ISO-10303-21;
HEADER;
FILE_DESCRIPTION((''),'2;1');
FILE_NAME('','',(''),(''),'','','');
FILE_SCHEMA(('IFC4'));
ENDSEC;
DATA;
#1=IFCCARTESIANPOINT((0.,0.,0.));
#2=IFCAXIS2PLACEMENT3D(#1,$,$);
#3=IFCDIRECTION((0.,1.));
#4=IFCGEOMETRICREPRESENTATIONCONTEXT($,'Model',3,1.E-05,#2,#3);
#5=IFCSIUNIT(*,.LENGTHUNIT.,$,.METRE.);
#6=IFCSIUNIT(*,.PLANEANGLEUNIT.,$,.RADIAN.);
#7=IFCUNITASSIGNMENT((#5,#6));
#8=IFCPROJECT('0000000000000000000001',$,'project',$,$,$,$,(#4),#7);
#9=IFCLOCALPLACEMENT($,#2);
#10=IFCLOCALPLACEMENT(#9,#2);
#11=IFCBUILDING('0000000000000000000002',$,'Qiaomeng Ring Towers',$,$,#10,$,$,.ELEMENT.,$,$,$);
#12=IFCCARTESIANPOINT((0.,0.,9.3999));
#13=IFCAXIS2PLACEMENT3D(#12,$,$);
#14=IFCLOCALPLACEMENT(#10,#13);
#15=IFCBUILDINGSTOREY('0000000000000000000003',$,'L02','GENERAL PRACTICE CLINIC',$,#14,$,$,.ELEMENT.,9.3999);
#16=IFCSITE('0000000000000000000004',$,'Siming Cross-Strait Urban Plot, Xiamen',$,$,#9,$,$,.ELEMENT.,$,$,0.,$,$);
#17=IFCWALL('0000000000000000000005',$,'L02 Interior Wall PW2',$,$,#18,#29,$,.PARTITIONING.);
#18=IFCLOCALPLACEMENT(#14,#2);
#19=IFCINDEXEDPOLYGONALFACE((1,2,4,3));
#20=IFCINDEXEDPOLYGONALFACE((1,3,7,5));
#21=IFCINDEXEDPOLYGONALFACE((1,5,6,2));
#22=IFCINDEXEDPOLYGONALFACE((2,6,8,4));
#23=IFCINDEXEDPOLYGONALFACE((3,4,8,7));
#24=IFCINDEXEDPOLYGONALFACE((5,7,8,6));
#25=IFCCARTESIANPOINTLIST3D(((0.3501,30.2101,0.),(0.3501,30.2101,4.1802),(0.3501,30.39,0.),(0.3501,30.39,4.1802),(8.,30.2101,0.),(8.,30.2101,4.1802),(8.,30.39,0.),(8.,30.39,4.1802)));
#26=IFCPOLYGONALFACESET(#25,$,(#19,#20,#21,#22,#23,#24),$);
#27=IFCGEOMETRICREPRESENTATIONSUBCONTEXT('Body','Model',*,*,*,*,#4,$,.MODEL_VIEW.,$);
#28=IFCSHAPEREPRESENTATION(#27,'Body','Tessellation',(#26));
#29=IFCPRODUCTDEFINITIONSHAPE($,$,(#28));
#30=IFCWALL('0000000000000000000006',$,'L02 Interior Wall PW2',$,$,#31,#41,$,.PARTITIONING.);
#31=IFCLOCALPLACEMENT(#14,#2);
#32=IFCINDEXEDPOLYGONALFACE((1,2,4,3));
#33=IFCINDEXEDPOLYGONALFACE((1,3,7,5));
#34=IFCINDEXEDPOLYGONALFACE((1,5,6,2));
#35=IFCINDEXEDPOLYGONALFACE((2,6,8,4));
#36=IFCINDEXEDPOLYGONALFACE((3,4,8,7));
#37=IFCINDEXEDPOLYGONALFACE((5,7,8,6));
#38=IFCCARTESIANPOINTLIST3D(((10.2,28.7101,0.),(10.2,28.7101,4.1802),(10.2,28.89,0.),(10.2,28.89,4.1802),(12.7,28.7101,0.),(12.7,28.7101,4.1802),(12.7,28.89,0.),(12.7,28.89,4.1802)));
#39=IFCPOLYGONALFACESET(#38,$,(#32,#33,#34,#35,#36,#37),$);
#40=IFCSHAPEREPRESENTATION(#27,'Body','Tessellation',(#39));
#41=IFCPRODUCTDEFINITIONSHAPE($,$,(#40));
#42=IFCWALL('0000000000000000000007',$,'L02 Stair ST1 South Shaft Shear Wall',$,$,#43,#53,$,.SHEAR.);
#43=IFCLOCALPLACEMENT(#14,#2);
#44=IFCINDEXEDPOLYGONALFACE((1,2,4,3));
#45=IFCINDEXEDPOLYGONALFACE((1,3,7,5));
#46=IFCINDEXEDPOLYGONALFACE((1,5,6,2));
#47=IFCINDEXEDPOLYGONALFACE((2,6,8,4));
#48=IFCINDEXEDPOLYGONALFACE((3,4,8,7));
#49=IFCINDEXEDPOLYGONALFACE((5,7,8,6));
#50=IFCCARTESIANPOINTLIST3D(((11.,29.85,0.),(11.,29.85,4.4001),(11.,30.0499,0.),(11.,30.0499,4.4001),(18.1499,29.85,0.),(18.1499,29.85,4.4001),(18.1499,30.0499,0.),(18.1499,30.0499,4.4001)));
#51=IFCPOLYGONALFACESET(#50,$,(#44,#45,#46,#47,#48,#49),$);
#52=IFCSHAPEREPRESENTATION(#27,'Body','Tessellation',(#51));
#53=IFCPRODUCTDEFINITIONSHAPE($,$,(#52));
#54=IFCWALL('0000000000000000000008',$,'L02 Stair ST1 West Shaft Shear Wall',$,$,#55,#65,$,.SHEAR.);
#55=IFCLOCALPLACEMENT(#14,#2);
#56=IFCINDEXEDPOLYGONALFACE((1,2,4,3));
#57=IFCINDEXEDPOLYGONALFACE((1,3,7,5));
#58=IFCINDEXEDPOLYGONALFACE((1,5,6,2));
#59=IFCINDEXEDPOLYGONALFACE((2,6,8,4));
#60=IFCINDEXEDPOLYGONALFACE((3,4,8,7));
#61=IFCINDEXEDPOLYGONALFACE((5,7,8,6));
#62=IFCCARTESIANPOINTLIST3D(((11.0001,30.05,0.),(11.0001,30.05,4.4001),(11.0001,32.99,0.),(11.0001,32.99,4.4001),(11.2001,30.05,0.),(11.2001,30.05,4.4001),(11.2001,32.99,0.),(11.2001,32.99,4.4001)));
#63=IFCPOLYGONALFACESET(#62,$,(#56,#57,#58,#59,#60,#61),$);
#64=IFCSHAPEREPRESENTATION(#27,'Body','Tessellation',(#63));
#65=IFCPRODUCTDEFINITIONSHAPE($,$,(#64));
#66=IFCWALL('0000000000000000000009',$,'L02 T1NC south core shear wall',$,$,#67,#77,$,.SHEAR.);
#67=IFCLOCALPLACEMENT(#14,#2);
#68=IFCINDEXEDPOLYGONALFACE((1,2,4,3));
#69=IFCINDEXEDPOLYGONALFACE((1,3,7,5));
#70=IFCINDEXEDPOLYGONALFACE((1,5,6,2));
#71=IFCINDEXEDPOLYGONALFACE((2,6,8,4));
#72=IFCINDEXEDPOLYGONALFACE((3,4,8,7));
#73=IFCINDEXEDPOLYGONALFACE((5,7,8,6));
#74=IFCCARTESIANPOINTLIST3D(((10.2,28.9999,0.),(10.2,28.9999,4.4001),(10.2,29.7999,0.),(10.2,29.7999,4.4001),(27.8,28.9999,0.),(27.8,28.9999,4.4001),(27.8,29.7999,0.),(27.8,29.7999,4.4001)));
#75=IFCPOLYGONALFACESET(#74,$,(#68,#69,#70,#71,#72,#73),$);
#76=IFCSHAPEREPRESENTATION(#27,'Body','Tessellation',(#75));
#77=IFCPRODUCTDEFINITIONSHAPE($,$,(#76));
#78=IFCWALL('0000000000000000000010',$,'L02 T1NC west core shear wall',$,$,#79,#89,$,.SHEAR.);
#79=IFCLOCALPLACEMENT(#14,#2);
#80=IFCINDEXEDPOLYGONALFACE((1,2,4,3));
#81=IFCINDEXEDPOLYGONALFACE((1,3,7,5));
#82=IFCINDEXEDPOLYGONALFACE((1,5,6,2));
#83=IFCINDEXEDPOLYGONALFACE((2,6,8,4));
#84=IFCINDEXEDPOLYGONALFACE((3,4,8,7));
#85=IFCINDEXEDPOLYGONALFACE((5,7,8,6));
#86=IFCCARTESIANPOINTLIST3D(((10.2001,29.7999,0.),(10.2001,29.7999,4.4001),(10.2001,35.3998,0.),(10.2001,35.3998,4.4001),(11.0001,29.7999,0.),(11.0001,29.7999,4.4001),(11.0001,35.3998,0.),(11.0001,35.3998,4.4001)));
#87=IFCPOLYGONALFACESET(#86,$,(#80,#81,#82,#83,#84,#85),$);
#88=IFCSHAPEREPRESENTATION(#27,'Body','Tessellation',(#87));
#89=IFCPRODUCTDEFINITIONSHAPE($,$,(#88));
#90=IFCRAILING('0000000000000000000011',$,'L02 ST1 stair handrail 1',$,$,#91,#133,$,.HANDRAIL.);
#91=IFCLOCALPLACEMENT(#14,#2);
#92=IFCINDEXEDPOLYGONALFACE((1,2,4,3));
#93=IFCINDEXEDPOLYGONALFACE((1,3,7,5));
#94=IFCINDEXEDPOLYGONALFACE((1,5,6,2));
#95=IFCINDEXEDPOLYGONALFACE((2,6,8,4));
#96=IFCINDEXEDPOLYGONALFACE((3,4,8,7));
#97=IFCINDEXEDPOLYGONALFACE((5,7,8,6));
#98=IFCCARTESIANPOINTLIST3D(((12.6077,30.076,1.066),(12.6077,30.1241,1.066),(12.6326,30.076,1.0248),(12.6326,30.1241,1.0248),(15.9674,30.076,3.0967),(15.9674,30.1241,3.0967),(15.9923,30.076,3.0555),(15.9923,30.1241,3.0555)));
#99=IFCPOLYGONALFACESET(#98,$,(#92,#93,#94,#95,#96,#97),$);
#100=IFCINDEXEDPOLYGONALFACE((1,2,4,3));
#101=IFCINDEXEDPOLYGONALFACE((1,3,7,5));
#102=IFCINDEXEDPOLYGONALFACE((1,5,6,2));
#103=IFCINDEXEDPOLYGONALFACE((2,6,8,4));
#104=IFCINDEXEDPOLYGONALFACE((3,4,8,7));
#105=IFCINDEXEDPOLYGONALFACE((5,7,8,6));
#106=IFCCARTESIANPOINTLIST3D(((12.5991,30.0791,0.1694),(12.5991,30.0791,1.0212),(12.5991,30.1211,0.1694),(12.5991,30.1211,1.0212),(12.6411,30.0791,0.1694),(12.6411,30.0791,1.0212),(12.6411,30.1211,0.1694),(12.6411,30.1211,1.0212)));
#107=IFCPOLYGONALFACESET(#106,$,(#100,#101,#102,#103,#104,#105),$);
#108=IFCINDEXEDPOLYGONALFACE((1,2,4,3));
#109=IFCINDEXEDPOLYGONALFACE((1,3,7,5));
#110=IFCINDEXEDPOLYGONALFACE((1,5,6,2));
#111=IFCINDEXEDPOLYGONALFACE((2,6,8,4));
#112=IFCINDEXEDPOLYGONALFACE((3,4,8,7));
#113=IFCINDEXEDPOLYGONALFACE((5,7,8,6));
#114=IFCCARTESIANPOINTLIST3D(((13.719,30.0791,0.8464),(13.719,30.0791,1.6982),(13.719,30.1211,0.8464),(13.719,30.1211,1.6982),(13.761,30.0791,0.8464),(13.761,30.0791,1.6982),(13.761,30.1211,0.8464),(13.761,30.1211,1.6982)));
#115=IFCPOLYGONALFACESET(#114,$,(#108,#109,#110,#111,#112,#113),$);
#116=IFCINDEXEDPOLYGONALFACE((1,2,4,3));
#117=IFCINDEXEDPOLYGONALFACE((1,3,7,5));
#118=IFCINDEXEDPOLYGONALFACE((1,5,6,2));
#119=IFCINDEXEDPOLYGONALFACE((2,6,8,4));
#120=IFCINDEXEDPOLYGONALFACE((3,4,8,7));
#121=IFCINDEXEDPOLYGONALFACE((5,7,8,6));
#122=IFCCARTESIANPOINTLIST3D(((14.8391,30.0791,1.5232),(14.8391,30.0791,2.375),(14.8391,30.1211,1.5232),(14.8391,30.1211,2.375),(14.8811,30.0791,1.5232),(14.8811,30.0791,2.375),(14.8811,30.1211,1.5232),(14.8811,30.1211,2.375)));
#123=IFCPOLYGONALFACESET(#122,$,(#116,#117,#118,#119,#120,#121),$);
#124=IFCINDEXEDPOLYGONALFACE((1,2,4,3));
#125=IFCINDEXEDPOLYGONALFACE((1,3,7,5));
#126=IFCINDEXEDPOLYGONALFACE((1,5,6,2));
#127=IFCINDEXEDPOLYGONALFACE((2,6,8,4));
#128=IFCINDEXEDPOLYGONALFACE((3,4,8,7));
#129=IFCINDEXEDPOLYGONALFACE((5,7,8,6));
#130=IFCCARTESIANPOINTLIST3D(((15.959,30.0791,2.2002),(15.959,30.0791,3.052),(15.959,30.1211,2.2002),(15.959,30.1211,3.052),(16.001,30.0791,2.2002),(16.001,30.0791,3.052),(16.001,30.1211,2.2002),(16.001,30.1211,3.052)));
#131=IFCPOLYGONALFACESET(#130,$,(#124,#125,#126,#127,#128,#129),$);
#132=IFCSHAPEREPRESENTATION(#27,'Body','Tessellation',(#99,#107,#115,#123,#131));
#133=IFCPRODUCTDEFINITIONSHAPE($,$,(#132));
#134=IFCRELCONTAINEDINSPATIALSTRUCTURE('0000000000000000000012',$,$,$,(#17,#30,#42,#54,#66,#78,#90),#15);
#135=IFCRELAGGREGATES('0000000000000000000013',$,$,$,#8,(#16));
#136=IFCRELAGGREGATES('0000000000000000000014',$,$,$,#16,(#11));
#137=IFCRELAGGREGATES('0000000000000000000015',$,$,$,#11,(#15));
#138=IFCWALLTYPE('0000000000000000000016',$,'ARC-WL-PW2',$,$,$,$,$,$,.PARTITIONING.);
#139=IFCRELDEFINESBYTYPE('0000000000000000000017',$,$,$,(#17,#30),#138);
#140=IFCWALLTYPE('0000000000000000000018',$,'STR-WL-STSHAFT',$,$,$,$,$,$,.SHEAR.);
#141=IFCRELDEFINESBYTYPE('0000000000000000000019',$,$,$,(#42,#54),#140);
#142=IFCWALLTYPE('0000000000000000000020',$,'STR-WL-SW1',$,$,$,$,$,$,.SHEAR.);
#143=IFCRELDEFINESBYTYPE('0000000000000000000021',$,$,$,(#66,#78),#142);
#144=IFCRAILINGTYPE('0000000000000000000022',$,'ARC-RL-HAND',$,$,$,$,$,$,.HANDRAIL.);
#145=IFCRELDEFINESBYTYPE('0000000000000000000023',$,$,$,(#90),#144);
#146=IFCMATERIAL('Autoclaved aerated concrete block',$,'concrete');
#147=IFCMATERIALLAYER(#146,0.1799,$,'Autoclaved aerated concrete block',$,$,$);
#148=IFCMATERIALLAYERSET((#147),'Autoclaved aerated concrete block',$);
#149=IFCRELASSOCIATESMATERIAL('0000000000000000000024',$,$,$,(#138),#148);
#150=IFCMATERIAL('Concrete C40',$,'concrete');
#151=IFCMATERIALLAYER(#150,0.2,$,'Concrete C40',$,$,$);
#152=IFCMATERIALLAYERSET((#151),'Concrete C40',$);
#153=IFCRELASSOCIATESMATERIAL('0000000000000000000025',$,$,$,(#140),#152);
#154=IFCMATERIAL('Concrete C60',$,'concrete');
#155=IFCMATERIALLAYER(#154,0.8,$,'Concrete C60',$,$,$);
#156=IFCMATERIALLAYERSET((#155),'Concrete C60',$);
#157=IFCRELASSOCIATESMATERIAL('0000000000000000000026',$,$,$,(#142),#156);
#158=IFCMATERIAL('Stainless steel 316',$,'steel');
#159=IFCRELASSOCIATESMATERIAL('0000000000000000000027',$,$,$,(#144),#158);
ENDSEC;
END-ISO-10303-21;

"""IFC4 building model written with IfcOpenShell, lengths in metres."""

from ifc_helpers import new_model, si_unit, direction, frame, frame_2d, origin, origin_2d, place, context, subcontext, project, spatial, rectangle, extrude, material, layer, layer_set, type_object, element, save


model = new_model("IFC4")

# Units and contexts
model_context = context("Model", 3, precision=1e-05, world=origin(), true_north=direction((0.0, 1.0)))
body_context = subcontext(model_context, "Body", "Model", "MODEL_VIEW")
ifc_project = project(units=[si_unit("LENGTHUNIT", "METRE"), si_unit("PLANEANGLEUNIT", "RADIAN")], contexts=[model_context])

# Site, building, storey
site_placement = place(None, origin())
site = spatial("IfcSite", under=ifc_project, at=site_placement, Name="Siming Cross-Strait Urban Plot, Xiamen", CompositionType="ELEMENT", RefElevation=0.0)
building_placement = place(site_placement, origin())
building = spatial("IfcBuilding", under=site, at=building_placement, Name="Qiaomeng Ring Towers", CompositionType="ELEMENT")
storey_placement = place(building_placement, frame((0.0, 0.0, 9.3999)))
storey = spatial("IfcBuildingStorey", under=building, at=storey_placement, Name="L02", Description="GENERAL PRACTICE CLINIC", CompositionType="ELEMENT", Elevation=9.3999)

# Shared definitions
ifc_material_1 = material(Name="Concrete C60", Category="concrete")

# Walls
ifc_material_2 = material(Name="Autoclaved aerated concrete block", Category="concrete")
ifc_layer_1 = layer(ifc_material_2, 0.1799, Name="Autoclaved aerated concrete block")
ifc_layer_set_1 = layer_set([ifc_layer_1], Name="Autoclaved aerated concrete block")
wall_type_1 = type_object("IfcWallType", Name="ARC-WL-PW2", PredefinedType="PARTITIONING", material=ifc_layer_set_1)
wall_1_placement = place(storey_placement, frame((0.3501, 30.3, 0.0), z_axis=(0.0, 0.0, 1.0), x_axis=(1.0, 0.0, 0.0)))
element("IfcWall", 1, at=wall_1_placement, inside=storey, type_object=wall_type_1, Name="L02 Interior Wall PW2", PredefinedType="PARTITIONING", context=body_context, shape_type="SweptSolid", body=[
    extrude(rectangle(XDim=7.6499, YDim=0.1799, at=frame_2d((3.825, 0.0))), origin(), (0.0, 0.0, 1.0), 4.1802),
])
wall_2_placement = place(storey_placement, frame((10.2, 28.8, 0.0), z_axis=(0.0, 0.0, 1.0), x_axis=(1.0, 0.0, 0.0)))
element("IfcWall", 2, at=wall_2_placement, inside=storey, type_object=wall_type_1, Name="L02 Interior Wall PW2", PredefinedType="PARTITIONING", context=body_context, shape_type="SweptSolid", body=[
    extrude(rectangle(XDim=2.5, YDim=0.1799, at=frame_2d((1.25, 0.0))), origin(), (0.0, 0.0, 1.0), 4.1802),
])
ifc_material_3 = material(Name="Concrete C40", Category="concrete")
ifc_layer_2 = layer(ifc_material_3, 0.2, Name="Concrete C40")
ifc_layer_set_2 = layer_set([ifc_layer_2], Name="Concrete C40")
wall_type_2 = type_object("IfcWallType", Name="STR-WL-STSHAFT", PredefinedType="SHEAR", material=ifc_layer_set_2)
wall_3_placement = place(storey_placement, frame((11.0, 29.95, 0.0), z_axis=(0.0, 0.0, 1.0), x_axis=(1.0, 0.0, 0.0)))
element("IfcWall", 3, at=wall_3_placement, inside=storey, type_object=wall_type_2, Name="L02 Stair ST1 South Shaft Shear Wall", PredefinedType="SHEAR", context=body_context, shape_type="SweptSolid", body=[
    extrude(rectangle(XDim=7.1499, YDim=0.2, at=frame_2d((3.575, 0.0))), origin(), (0.0, 0.0, 1.0), 4.4001),
])
wall_4_placement = place(storey_placement, frame((11.1001, 30.05, 0.0), z_axis=(0.0, 0.0, 1.0), x_axis=(0.0, 1.0, 0.0)))
element("IfcWall", 4, at=wall_4_placement, inside=storey, type_object=wall_type_2, Name="L02 Stair ST1 West Shaft Shear Wall", PredefinedType="SHEAR", context=body_context, shape_type="SweptSolid", body=[
    extrude(rectangle(XDim=2.9399, YDim=0.2, at=frame_2d((1.47, 0.0))), origin(), (0.0, 0.0, 1.0), 4.4001),
])
ifc_layer_3 = layer(ifc_material_1, 0.8, Name="Concrete C60")
ifc_layer_set_3 = layer_set([ifc_layer_3], Name="Concrete C60")
wall_type_3 = type_object("IfcWallType", Name="STR-WL-SW1", PredefinedType="SHEAR", material=ifc_layer_set_3)
wall_5_placement = place(storey_placement, frame((10.2, 29.3999, 0.0), z_axis=(0.0, 0.0, 1.0), x_axis=(1.0, 0.0, 0.0)))
element("IfcWall", 5, at=wall_5_placement, inside=storey, type_object=wall_type_3, Name="L02 T1NC south core shear wall", PredefinedType="SHEAR", context=body_context, shape_type="SweptSolid", body=[
    extrude(rectangle(XDim=17.6001, YDim=0.8, at=frame_2d((8.8, 0.0))), origin(), (0.0, 0.0, 1.0), 4.4001),
])
wall_6_placement = place(storey_placement, frame((10.6001, 29.8, 0.0), z_axis=(0.0, 0.0, 1.0), x_axis=(0.0, 1.0, 0.0)))
element("IfcWall", 6, at=wall_6_placement, inside=storey, type_object=wall_type_3, Name="L02 T1NC west core shear wall", PredefinedType="SHEAR", context=body_context, shape_type="SweptSolid", body=[
    extrude(rectangle(XDim=5.5999, YDim=0.8, at=frame_2d((2.7998, 0.0))), origin(), (0.0, 0.0, 1.0), 4.4001),
])

# Railing
ifc_material_4 = material(Name="Stainless steel 316", Category="steel")
railing_type = type_object("IfcRailingType", Name="ARC-RL-HAND", PredefinedType="HANDRAIL", material=ifc_material_4)
railing_placement = place(storey_placement, frame((12.6201, 30.1001, 0.1694)))
element("IfcRailing", 7, at=railing_placement, inside=storey, type_object=railing_type, Name="L02 ST1 stair handrail 1", PredefinedType="HANDRAIL", context=body_context, shape_type="SweptSolid", body=[
    extrude(rectangle(XDim=0.0481, YDim=0.0481, at=origin_2d()), frame((0.0, 0.0, 0.876), z_axis=(0.85582, 0.0, 0.517273), x_axis=(0.0, 1.0, 0.0)), (0.0, 0.0, 1.0), 3.9258),
    extrude(rectangle(XDim=0.042, YDim=0.042, at=origin_2d()), origin(), (0.0, 0.0, 1.0), 0.8518),
    extrude(rectangle(XDim=0.042, YDim=0.042, at=origin_2d()), frame((1.1199, 0.0, 0.677)), (0.0, 0.0, 1.0), 0.8518),
    extrude(rectangle(XDim=0.042, YDim=0.042, at=origin_2d()), frame((2.24, 0.0, 1.3538)), (0.0, 0.0, 1.0), 0.8518),
    extrude(rectangle(XDim=0.042, YDim=0.042, at=origin_2d()), frame((3.3599, 0.0, 2.0308)), (0.0, 0.0, 1.0), 0.8518),
])

save(model, "model.ifc")
